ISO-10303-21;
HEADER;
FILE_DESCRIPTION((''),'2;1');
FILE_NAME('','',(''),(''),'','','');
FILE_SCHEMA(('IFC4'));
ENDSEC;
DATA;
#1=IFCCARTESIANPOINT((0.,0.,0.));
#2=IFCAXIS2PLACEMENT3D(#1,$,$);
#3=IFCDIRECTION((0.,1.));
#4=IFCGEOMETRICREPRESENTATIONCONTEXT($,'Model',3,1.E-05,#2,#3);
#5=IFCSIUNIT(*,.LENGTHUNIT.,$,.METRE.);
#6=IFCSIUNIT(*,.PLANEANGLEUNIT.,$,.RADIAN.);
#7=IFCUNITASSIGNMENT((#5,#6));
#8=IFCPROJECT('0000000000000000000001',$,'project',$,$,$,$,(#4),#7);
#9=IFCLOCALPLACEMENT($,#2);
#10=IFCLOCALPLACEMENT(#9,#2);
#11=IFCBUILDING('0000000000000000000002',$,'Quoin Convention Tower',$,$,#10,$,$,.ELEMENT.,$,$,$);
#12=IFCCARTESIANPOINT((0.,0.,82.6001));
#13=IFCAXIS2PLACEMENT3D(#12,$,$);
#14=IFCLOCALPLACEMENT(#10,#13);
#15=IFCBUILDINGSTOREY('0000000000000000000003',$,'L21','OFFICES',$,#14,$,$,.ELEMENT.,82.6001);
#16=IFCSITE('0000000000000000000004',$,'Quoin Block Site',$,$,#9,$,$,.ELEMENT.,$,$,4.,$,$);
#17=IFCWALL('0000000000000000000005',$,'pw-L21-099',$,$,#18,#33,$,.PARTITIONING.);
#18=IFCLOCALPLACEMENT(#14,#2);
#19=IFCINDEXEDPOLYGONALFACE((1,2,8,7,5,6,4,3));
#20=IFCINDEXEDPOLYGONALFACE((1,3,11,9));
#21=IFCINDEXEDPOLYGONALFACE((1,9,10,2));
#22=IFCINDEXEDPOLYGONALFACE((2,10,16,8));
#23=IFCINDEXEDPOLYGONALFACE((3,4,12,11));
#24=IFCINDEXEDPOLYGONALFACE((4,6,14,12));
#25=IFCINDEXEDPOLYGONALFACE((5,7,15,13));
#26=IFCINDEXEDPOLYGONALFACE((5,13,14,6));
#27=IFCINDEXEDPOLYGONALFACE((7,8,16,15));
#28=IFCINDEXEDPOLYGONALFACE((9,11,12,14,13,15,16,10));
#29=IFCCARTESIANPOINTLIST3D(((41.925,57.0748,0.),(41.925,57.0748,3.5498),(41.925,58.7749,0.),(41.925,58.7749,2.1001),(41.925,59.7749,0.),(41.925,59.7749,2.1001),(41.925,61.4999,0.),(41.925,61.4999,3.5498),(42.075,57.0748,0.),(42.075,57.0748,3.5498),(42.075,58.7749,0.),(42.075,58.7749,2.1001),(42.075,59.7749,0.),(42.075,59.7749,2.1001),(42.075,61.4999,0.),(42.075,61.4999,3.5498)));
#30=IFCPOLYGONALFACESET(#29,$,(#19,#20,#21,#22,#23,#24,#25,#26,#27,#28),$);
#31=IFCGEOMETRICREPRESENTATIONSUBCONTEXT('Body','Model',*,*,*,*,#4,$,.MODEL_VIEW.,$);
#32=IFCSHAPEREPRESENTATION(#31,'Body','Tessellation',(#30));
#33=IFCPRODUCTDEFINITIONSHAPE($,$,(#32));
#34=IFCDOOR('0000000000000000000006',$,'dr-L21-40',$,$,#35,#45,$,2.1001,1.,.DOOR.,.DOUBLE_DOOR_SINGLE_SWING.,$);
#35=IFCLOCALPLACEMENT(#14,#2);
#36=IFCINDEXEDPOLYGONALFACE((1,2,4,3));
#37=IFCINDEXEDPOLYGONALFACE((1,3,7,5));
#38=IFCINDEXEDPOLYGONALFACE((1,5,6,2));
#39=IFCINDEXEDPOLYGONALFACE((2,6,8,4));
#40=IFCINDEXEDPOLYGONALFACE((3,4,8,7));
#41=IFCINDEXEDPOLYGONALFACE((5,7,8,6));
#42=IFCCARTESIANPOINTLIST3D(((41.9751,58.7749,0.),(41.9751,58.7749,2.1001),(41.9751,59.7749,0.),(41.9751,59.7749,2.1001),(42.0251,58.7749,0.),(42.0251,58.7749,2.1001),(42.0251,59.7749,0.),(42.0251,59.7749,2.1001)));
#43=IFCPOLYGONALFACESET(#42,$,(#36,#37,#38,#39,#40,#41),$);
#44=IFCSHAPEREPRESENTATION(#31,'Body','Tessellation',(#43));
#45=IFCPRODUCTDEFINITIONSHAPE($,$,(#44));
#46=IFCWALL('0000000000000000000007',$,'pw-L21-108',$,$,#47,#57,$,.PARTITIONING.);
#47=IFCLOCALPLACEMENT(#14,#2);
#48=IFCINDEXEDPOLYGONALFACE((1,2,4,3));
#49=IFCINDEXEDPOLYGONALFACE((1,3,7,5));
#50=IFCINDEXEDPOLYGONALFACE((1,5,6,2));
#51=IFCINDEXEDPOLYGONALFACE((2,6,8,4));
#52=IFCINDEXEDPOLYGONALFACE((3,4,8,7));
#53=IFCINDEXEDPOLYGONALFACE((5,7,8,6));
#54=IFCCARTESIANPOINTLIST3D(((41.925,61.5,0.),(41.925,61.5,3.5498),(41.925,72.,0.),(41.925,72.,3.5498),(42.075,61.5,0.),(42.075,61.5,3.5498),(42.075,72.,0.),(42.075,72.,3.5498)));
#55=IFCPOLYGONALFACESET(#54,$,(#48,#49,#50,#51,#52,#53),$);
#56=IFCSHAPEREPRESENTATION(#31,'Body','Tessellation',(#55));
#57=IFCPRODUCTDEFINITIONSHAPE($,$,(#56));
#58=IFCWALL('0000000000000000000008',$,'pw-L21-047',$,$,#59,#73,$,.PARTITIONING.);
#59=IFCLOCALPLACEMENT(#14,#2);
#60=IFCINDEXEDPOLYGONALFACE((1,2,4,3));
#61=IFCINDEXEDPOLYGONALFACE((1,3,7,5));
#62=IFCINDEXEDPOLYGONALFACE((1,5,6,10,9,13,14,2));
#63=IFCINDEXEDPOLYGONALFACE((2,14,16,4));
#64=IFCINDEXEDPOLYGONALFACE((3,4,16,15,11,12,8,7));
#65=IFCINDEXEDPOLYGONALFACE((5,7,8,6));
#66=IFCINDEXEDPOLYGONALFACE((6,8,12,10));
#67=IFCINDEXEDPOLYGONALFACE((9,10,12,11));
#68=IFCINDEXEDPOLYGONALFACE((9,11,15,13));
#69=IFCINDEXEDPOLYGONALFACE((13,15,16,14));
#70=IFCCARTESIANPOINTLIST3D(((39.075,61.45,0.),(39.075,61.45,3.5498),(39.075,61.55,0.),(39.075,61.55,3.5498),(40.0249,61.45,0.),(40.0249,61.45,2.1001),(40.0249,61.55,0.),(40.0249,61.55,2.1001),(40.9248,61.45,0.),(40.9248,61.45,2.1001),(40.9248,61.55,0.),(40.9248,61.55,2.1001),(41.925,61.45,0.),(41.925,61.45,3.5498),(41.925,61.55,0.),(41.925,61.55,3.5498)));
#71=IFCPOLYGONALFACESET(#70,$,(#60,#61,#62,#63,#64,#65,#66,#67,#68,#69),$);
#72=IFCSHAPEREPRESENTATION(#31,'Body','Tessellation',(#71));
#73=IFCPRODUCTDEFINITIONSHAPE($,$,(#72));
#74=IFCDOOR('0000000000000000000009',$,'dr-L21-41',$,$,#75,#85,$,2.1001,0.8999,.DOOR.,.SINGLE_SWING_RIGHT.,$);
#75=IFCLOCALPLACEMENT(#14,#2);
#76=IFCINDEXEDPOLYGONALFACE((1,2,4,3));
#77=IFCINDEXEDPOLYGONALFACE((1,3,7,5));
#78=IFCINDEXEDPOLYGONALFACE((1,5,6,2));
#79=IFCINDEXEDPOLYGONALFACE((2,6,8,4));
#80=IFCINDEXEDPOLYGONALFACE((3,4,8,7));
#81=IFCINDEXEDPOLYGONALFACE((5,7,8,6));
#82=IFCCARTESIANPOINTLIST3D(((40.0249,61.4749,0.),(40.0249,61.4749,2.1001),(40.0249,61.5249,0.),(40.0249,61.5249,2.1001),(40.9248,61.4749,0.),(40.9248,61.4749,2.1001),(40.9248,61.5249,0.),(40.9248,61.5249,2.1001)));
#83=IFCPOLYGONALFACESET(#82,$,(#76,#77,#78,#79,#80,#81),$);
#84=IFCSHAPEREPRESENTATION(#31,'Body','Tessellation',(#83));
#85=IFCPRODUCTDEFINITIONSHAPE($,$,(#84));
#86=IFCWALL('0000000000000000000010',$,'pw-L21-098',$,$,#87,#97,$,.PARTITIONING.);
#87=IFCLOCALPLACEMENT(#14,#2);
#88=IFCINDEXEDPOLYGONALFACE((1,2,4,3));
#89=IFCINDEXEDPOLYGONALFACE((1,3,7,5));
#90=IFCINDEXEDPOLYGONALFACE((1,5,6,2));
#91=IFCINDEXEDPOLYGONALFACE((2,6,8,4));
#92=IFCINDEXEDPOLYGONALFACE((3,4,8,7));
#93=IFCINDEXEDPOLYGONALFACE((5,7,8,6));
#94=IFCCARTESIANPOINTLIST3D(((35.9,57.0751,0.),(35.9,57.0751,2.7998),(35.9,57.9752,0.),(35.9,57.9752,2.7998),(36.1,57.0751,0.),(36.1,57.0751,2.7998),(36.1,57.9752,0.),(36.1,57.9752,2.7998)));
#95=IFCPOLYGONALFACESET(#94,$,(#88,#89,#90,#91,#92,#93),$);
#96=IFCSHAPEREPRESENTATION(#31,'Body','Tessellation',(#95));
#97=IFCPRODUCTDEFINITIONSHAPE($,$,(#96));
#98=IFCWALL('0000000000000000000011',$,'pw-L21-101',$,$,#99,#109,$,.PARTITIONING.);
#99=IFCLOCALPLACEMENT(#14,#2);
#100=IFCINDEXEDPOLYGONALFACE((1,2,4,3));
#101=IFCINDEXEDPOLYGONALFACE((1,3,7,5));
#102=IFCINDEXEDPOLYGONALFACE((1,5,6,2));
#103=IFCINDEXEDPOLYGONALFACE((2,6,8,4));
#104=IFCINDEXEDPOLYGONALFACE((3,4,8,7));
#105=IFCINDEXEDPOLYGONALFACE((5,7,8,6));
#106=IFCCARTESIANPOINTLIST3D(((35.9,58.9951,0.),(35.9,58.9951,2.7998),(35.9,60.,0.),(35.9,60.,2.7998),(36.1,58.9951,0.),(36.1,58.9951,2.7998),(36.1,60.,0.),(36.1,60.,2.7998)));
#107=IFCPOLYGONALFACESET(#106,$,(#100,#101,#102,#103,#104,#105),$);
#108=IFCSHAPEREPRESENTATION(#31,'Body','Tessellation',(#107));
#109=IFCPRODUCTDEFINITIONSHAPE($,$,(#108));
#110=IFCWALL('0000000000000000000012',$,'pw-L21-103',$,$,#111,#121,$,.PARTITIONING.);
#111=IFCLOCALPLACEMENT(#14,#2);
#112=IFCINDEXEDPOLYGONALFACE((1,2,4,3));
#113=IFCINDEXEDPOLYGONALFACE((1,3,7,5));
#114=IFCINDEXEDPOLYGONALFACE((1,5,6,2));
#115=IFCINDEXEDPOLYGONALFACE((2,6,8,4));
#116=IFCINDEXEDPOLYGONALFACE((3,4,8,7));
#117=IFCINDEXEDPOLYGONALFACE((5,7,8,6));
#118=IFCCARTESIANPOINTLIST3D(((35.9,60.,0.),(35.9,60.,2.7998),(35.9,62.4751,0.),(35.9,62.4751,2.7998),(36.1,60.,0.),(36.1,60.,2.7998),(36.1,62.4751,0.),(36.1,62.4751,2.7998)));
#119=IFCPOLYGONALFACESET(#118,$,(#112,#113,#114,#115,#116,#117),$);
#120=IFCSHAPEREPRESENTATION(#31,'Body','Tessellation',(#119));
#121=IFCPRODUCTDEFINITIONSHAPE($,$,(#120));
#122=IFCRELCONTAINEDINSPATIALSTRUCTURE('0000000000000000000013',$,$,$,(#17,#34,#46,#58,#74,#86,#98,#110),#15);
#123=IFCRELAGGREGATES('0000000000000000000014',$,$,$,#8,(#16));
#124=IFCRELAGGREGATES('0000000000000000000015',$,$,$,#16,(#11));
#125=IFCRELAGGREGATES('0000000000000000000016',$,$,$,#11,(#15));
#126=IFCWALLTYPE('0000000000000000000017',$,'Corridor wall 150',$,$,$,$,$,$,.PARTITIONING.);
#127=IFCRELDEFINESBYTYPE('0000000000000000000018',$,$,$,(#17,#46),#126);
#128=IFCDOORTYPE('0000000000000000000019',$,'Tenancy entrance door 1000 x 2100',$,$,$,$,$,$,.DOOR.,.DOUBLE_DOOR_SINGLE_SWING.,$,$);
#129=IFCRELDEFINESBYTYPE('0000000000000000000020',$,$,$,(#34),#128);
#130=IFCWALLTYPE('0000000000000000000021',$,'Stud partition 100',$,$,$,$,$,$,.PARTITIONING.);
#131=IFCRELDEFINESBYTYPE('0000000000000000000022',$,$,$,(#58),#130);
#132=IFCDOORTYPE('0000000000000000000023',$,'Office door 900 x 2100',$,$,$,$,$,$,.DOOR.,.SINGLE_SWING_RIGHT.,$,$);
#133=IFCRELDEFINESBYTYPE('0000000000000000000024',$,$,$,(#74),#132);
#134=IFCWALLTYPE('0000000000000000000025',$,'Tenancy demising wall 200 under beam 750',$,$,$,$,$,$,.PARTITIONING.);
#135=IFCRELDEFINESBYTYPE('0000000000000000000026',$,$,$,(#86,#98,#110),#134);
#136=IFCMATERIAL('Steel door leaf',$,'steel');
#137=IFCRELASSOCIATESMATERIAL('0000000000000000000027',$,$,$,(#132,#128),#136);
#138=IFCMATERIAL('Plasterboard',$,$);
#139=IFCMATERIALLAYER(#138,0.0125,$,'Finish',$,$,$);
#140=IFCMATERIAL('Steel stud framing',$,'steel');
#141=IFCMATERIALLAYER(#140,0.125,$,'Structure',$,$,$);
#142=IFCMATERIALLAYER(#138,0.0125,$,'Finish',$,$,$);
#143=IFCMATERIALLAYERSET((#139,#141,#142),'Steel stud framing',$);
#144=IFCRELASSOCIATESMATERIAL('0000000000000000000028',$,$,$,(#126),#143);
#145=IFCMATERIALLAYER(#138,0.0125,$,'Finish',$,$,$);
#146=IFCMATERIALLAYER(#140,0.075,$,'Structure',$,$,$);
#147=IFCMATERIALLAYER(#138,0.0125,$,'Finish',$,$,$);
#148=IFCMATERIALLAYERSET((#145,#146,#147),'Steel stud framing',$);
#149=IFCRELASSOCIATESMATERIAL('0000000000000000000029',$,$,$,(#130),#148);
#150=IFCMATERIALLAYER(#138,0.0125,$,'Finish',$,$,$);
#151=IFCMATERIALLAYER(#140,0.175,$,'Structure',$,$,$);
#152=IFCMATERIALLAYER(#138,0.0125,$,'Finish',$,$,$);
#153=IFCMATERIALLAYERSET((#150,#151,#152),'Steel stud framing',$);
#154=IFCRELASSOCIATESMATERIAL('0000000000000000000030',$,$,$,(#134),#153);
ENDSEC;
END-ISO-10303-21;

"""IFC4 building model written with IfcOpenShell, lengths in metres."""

from ifc_helpers import new_model, si_unit, direction, frame, frame_2d, origin, place, context, subcontext, project, spatial, rectangle, extrude, material, layer, layer_set, type_object, element, fill, save


model = new_model("IFC4")

# Units and contexts
model_context = context("Model", 3, precision=1e-05, world=origin(), true_north=direction((0.0, 1.0)))
body_context = subcontext(model_context, "Body", "Model", "MODEL_VIEW")
ifc_project = project(units=[si_unit("LENGTHUNIT", "METRE"), si_unit("PLANEANGLEUNIT", "RADIAN")], contexts=[model_context])

# Site, building, storey
site_placement = place(None, origin())
site = spatial("IfcSite", under=ifc_project, at=site_placement, Name="Quoin Block Site", CompositionType="ELEMENT", RefElevation=4.0)
building_placement = place(site_placement, origin())
building = spatial("IfcBuilding", under=site, at=building_placement, Name="Quoin Convention Tower", CompositionType="ELEMENT")
storey_placement = place(building_placement, frame((0.0, 0.0, 82.6001)))
storey = spatial("IfcBuildingStorey", under=building, at=storey_placement, Name="L21", Description="OFFICES", CompositionType="ELEMENT", Elevation=82.6001)

# Shared definitions
ifc_material_1 = material(Name="Plasterboard")
ifc_material_2 = material(Name="Steel stud framing", Category="steel")

# Shared definitions
ifc_material_3 = material(Name="Steel door leaf", Category="steel")
door_type_1 = type_object("IfcDoorType", Name="Office door 900 x 2100", OperationType="SINGLE_SWING_RIGHT", PredefinedType="DOOR", material=ifc_material_3)

# Shared definitions
ifc_layer_1 = layer(ifc_material_1, 0.0125, Name="Finish")
ifc_layer_2 = layer(ifc_material_2, 0.125, Name="Structure")
ifc_layer_3 = layer(ifc_material_1, 0.0125, Name="Finish")
ifc_layer_set_1 = layer_set([ifc_layer_1, ifc_layer_2, ifc_layer_3], Name="Steel stud framing")
wall_type_1 = type_object("IfcWallType", Name="Corridor wall 150", PredefinedType="PARTITIONING", material=ifc_layer_set_1)

# Wall, opening, door
wall_1_placement = place(storey_placement, frame((42.0, 57.075, 0.0), z_axis=(0.0, 0.0, 1.0), x_axis=(0.0, 1.0, 0.0)))
wall_1 = element("IfcWall", 1, at=wall_1_placement, inside=storey, type_object=wall_type_1, Name="pw-L21-099", PredefinedType="PARTITIONING", context=body_context, shape_type="SweptSolid", body=[
    extrude(rectangle(XDim=4.425, YDim=0.1499, at=frame_2d((2.2124, 0.0))), origin(), (0.0, 0.0, 1.0), 3.5498),
])
opening_1_placement = place(wall_1_placement, frame((1.7, 0.0, 0.0)))
opening_1 = element("IfcOpeningElement", 2, at=opening_1_placement, cuts=wall_1, PredefinedType="OPENING", context=body_context, shape_type="SweptSolid", body=[
    extrude(rectangle(XDim=1.0, YDim=2.1001, at=frame_2d((0.5, 1.05))), frame((0.0, 0.085, 0.0), z_axis=(0.0, -1.0, 0.0), x_axis=(1.0, 0.0, 0.0)), (0.0, 0.0, 1.0), 0.1699),
])
door_type_2 = type_object("IfcDoorType", Name="Tenancy entrance door 1000 x 2100", OperationType="DOUBLE_DOOR_SINGLE_SWING", PredefinedType="DOOR", material=ifc_material_3)
door_1_placement = place(opening_1_placement, origin())
door_1 = element("IfcDoor", 3, at=door_1_placement, inside=storey, type_object=door_type_2, Name="dr-L21-40", OperationType="DOUBLE_DOOR_SINGLE_SWING", OverallHeight=2.1001, OverallWidth=1.0, PredefinedType="DOOR", context=body_context, shape_type="SweptSolid", body=[
    extrude(rectangle(XDim=1.0, YDim=2.1001, at=frame_2d((0.5, 1.05))), frame((0.0, 0.0249, 0.0), z_axis=(0.0, -1.0, 0.0), x_axis=(1.0, 0.0, 0.0)), (0.0, 0.0, 1.0), 0.05),
])
fill(opening_1, door_1)

# Wall
wall_2_placement = place(storey_placement, frame((42.0, 61.5, 0.0), z_axis=(0.0, 0.0, 1.0), x_axis=(0.0, 1.0, 0.0)))
element("IfcWall", 4, at=wall_2_placement, inside=storey, type_object=wall_type_1, Name="pw-L21-108", PredefinedType="PARTITIONING", context=body_context, shape_type="SweptSolid", body=[
    extrude(rectangle(XDim=10.5, YDim=0.1499, at=frame_2d((5.25, 0.0))), origin(), (0.0, 0.0, 1.0), 3.5498),
])

# Wall, opening, door
ifc_layer_4 = layer(ifc_material_1, 0.0125, Name="Finish")
ifc_layer_5 = layer(ifc_material_2, 0.075, Name="Structure")
ifc_layer_6 = layer(ifc_material_1, 0.0125, Name="Finish")
ifc_layer_set_2 = layer_set([ifc_layer_4, ifc_layer_5, ifc_layer_6], Name="Steel stud framing")
wall_type_2 = type_object("IfcWallType", Name="Stud partition 100", PredefinedType="PARTITIONING", material=ifc_layer_set_2)
wall_3_placement = place(storey_placement, frame((39.075, 61.5, 0.0), z_axis=(0.0, 0.0, 1.0), x_axis=(1.0, 0.0, 0.0)))
wall_3 = element("IfcWall", 5, at=wall_3_placement, inside=storey, type_object=wall_type_2, Name="pw-L21-047", PredefinedType="PARTITIONING", context=body_context, shape_type="SweptSolid", body=[
    extrude(rectangle(XDim=2.8501, YDim=0.1001, at=frame_2d((1.425, 0.0))), origin(), (0.0, 0.0, 1.0), 3.5498),
])
opening_2_placement = place(wall_3_placement, frame((0.95, 0.0, 0.0)))
opening_2 = element("IfcOpeningElement", 6, at=opening_2_placement, cuts=wall_3, PredefinedType="OPENING", context=body_context, shape_type="SweptSolid", body=[
    extrude(rectangle(XDim=0.8999, YDim=2.1001, at=frame_2d((0.45, 1.05))), frame((0.0, 0.0601, 0.0), z_axis=(0.0, -1.0, 0.0), x_axis=(1.0, 0.0, 0.0)), (0.0, 0.0, 1.0), 0.1201),
])
door_2_placement = place(opening_2_placement, origin())
door_2 = element("IfcDoor", 7, at=door_2_placement, inside=storey, type_object=door_type_1, Name="dr-L21-41", OperationType="SINGLE_SWING_RIGHT", OverallHeight=2.1001, OverallWidth=0.8999, PredefinedType="DOOR", context=body_context, shape_type="SweptSolid", body=[
    extrude(rectangle(XDim=0.8999, YDim=2.1001, at=frame_2d((0.45, 1.05))), frame((0.0, 0.0249, 0.0), z_axis=(0.0, -1.0, 0.0), x_axis=(1.0, 0.0, 0.0)), (0.0, 0.0, 1.0), 0.05),
])
fill(opening_2, door_2)

# Walls
ifc_layer_7 = layer(ifc_material_1, 0.0125, Name="Finish")
ifc_layer_8 = layer(ifc_material_2, 0.175, Name="Structure")
ifc_layer_9 = layer(ifc_material_1, 0.0125, Name="Finish")
ifc_layer_set_3 = layer_set([ifc_layer_7, ifc_layer_8, ifc_layer_9], Name="Steel stud framing")
wall_type_3 = type_object("IfcWallType", Name="Tenancy demising wall 200 under beam 750", PredefinedType="PARTITIONING", material=ifc_layer_set_3)
wall_4_placement = place(storey_placement, frame((36.0, 57.075, 0.0), z_axis=(0.0, 0.0, 1.0), x_axis=(0.0, 1.0, 0.0)))
element("IfcWall", 8, at=wall_4_placement, inside=storey, type_object=wall_type_3, Name="pw-L21-098", PredefinedType="PARTITIONING", context=body_context, shape_type="SweptSolid", body=[
    extrude(rectangle(XDim=0.9001, YDim=0.2, at=frame_2d((0.4502, 0.0))), origin(), (0.0, 0.0, 1.0), 2.7998),
])
wall_5_placement = place(storey_placement, frame((36.0, 58.9951, 0.0), z_axis=(0.0, 0.0, 1.0), x_axis=(0.0, 1.0, 0.0)))
element("IfcWall", 9, at=wall_5_placement, inside=storey, type_object=wall_type_3, Name="pw-L21-101", PredefinedType="PARTITIONING", context=body_context, shape_type="SweptSolid", body=[
    extrude(rectangle(XDim=1.0049, YDim=0.2, at=frame_2d((0.5024, 0.0))), origin(), (0.0, 0.0, 1.0), 2.7998),
])
wall_6_placement = place(storey_placement, frame((36.0, 60.0, 0.0), z_axis=(0.0, 0.0, 1.0), x_axis=(0.0, 1.0, 0.0)))
element("IfcWall", 10, at=wall_6_placement, inside=storey, type_object=wall_type_3, Name="pw-L21-103", PredefinedType="PARTITIONING", context=body_context, shape_type="SweptSolid", body=[
    extrude(rectangle(XDim=2.4751, YDim=0.2, at=frame_2d((1.2375, 0.0))), origin(), (0.0, 0.0, 1.0), 2.7998),
])

save(model, "model.ifc")
